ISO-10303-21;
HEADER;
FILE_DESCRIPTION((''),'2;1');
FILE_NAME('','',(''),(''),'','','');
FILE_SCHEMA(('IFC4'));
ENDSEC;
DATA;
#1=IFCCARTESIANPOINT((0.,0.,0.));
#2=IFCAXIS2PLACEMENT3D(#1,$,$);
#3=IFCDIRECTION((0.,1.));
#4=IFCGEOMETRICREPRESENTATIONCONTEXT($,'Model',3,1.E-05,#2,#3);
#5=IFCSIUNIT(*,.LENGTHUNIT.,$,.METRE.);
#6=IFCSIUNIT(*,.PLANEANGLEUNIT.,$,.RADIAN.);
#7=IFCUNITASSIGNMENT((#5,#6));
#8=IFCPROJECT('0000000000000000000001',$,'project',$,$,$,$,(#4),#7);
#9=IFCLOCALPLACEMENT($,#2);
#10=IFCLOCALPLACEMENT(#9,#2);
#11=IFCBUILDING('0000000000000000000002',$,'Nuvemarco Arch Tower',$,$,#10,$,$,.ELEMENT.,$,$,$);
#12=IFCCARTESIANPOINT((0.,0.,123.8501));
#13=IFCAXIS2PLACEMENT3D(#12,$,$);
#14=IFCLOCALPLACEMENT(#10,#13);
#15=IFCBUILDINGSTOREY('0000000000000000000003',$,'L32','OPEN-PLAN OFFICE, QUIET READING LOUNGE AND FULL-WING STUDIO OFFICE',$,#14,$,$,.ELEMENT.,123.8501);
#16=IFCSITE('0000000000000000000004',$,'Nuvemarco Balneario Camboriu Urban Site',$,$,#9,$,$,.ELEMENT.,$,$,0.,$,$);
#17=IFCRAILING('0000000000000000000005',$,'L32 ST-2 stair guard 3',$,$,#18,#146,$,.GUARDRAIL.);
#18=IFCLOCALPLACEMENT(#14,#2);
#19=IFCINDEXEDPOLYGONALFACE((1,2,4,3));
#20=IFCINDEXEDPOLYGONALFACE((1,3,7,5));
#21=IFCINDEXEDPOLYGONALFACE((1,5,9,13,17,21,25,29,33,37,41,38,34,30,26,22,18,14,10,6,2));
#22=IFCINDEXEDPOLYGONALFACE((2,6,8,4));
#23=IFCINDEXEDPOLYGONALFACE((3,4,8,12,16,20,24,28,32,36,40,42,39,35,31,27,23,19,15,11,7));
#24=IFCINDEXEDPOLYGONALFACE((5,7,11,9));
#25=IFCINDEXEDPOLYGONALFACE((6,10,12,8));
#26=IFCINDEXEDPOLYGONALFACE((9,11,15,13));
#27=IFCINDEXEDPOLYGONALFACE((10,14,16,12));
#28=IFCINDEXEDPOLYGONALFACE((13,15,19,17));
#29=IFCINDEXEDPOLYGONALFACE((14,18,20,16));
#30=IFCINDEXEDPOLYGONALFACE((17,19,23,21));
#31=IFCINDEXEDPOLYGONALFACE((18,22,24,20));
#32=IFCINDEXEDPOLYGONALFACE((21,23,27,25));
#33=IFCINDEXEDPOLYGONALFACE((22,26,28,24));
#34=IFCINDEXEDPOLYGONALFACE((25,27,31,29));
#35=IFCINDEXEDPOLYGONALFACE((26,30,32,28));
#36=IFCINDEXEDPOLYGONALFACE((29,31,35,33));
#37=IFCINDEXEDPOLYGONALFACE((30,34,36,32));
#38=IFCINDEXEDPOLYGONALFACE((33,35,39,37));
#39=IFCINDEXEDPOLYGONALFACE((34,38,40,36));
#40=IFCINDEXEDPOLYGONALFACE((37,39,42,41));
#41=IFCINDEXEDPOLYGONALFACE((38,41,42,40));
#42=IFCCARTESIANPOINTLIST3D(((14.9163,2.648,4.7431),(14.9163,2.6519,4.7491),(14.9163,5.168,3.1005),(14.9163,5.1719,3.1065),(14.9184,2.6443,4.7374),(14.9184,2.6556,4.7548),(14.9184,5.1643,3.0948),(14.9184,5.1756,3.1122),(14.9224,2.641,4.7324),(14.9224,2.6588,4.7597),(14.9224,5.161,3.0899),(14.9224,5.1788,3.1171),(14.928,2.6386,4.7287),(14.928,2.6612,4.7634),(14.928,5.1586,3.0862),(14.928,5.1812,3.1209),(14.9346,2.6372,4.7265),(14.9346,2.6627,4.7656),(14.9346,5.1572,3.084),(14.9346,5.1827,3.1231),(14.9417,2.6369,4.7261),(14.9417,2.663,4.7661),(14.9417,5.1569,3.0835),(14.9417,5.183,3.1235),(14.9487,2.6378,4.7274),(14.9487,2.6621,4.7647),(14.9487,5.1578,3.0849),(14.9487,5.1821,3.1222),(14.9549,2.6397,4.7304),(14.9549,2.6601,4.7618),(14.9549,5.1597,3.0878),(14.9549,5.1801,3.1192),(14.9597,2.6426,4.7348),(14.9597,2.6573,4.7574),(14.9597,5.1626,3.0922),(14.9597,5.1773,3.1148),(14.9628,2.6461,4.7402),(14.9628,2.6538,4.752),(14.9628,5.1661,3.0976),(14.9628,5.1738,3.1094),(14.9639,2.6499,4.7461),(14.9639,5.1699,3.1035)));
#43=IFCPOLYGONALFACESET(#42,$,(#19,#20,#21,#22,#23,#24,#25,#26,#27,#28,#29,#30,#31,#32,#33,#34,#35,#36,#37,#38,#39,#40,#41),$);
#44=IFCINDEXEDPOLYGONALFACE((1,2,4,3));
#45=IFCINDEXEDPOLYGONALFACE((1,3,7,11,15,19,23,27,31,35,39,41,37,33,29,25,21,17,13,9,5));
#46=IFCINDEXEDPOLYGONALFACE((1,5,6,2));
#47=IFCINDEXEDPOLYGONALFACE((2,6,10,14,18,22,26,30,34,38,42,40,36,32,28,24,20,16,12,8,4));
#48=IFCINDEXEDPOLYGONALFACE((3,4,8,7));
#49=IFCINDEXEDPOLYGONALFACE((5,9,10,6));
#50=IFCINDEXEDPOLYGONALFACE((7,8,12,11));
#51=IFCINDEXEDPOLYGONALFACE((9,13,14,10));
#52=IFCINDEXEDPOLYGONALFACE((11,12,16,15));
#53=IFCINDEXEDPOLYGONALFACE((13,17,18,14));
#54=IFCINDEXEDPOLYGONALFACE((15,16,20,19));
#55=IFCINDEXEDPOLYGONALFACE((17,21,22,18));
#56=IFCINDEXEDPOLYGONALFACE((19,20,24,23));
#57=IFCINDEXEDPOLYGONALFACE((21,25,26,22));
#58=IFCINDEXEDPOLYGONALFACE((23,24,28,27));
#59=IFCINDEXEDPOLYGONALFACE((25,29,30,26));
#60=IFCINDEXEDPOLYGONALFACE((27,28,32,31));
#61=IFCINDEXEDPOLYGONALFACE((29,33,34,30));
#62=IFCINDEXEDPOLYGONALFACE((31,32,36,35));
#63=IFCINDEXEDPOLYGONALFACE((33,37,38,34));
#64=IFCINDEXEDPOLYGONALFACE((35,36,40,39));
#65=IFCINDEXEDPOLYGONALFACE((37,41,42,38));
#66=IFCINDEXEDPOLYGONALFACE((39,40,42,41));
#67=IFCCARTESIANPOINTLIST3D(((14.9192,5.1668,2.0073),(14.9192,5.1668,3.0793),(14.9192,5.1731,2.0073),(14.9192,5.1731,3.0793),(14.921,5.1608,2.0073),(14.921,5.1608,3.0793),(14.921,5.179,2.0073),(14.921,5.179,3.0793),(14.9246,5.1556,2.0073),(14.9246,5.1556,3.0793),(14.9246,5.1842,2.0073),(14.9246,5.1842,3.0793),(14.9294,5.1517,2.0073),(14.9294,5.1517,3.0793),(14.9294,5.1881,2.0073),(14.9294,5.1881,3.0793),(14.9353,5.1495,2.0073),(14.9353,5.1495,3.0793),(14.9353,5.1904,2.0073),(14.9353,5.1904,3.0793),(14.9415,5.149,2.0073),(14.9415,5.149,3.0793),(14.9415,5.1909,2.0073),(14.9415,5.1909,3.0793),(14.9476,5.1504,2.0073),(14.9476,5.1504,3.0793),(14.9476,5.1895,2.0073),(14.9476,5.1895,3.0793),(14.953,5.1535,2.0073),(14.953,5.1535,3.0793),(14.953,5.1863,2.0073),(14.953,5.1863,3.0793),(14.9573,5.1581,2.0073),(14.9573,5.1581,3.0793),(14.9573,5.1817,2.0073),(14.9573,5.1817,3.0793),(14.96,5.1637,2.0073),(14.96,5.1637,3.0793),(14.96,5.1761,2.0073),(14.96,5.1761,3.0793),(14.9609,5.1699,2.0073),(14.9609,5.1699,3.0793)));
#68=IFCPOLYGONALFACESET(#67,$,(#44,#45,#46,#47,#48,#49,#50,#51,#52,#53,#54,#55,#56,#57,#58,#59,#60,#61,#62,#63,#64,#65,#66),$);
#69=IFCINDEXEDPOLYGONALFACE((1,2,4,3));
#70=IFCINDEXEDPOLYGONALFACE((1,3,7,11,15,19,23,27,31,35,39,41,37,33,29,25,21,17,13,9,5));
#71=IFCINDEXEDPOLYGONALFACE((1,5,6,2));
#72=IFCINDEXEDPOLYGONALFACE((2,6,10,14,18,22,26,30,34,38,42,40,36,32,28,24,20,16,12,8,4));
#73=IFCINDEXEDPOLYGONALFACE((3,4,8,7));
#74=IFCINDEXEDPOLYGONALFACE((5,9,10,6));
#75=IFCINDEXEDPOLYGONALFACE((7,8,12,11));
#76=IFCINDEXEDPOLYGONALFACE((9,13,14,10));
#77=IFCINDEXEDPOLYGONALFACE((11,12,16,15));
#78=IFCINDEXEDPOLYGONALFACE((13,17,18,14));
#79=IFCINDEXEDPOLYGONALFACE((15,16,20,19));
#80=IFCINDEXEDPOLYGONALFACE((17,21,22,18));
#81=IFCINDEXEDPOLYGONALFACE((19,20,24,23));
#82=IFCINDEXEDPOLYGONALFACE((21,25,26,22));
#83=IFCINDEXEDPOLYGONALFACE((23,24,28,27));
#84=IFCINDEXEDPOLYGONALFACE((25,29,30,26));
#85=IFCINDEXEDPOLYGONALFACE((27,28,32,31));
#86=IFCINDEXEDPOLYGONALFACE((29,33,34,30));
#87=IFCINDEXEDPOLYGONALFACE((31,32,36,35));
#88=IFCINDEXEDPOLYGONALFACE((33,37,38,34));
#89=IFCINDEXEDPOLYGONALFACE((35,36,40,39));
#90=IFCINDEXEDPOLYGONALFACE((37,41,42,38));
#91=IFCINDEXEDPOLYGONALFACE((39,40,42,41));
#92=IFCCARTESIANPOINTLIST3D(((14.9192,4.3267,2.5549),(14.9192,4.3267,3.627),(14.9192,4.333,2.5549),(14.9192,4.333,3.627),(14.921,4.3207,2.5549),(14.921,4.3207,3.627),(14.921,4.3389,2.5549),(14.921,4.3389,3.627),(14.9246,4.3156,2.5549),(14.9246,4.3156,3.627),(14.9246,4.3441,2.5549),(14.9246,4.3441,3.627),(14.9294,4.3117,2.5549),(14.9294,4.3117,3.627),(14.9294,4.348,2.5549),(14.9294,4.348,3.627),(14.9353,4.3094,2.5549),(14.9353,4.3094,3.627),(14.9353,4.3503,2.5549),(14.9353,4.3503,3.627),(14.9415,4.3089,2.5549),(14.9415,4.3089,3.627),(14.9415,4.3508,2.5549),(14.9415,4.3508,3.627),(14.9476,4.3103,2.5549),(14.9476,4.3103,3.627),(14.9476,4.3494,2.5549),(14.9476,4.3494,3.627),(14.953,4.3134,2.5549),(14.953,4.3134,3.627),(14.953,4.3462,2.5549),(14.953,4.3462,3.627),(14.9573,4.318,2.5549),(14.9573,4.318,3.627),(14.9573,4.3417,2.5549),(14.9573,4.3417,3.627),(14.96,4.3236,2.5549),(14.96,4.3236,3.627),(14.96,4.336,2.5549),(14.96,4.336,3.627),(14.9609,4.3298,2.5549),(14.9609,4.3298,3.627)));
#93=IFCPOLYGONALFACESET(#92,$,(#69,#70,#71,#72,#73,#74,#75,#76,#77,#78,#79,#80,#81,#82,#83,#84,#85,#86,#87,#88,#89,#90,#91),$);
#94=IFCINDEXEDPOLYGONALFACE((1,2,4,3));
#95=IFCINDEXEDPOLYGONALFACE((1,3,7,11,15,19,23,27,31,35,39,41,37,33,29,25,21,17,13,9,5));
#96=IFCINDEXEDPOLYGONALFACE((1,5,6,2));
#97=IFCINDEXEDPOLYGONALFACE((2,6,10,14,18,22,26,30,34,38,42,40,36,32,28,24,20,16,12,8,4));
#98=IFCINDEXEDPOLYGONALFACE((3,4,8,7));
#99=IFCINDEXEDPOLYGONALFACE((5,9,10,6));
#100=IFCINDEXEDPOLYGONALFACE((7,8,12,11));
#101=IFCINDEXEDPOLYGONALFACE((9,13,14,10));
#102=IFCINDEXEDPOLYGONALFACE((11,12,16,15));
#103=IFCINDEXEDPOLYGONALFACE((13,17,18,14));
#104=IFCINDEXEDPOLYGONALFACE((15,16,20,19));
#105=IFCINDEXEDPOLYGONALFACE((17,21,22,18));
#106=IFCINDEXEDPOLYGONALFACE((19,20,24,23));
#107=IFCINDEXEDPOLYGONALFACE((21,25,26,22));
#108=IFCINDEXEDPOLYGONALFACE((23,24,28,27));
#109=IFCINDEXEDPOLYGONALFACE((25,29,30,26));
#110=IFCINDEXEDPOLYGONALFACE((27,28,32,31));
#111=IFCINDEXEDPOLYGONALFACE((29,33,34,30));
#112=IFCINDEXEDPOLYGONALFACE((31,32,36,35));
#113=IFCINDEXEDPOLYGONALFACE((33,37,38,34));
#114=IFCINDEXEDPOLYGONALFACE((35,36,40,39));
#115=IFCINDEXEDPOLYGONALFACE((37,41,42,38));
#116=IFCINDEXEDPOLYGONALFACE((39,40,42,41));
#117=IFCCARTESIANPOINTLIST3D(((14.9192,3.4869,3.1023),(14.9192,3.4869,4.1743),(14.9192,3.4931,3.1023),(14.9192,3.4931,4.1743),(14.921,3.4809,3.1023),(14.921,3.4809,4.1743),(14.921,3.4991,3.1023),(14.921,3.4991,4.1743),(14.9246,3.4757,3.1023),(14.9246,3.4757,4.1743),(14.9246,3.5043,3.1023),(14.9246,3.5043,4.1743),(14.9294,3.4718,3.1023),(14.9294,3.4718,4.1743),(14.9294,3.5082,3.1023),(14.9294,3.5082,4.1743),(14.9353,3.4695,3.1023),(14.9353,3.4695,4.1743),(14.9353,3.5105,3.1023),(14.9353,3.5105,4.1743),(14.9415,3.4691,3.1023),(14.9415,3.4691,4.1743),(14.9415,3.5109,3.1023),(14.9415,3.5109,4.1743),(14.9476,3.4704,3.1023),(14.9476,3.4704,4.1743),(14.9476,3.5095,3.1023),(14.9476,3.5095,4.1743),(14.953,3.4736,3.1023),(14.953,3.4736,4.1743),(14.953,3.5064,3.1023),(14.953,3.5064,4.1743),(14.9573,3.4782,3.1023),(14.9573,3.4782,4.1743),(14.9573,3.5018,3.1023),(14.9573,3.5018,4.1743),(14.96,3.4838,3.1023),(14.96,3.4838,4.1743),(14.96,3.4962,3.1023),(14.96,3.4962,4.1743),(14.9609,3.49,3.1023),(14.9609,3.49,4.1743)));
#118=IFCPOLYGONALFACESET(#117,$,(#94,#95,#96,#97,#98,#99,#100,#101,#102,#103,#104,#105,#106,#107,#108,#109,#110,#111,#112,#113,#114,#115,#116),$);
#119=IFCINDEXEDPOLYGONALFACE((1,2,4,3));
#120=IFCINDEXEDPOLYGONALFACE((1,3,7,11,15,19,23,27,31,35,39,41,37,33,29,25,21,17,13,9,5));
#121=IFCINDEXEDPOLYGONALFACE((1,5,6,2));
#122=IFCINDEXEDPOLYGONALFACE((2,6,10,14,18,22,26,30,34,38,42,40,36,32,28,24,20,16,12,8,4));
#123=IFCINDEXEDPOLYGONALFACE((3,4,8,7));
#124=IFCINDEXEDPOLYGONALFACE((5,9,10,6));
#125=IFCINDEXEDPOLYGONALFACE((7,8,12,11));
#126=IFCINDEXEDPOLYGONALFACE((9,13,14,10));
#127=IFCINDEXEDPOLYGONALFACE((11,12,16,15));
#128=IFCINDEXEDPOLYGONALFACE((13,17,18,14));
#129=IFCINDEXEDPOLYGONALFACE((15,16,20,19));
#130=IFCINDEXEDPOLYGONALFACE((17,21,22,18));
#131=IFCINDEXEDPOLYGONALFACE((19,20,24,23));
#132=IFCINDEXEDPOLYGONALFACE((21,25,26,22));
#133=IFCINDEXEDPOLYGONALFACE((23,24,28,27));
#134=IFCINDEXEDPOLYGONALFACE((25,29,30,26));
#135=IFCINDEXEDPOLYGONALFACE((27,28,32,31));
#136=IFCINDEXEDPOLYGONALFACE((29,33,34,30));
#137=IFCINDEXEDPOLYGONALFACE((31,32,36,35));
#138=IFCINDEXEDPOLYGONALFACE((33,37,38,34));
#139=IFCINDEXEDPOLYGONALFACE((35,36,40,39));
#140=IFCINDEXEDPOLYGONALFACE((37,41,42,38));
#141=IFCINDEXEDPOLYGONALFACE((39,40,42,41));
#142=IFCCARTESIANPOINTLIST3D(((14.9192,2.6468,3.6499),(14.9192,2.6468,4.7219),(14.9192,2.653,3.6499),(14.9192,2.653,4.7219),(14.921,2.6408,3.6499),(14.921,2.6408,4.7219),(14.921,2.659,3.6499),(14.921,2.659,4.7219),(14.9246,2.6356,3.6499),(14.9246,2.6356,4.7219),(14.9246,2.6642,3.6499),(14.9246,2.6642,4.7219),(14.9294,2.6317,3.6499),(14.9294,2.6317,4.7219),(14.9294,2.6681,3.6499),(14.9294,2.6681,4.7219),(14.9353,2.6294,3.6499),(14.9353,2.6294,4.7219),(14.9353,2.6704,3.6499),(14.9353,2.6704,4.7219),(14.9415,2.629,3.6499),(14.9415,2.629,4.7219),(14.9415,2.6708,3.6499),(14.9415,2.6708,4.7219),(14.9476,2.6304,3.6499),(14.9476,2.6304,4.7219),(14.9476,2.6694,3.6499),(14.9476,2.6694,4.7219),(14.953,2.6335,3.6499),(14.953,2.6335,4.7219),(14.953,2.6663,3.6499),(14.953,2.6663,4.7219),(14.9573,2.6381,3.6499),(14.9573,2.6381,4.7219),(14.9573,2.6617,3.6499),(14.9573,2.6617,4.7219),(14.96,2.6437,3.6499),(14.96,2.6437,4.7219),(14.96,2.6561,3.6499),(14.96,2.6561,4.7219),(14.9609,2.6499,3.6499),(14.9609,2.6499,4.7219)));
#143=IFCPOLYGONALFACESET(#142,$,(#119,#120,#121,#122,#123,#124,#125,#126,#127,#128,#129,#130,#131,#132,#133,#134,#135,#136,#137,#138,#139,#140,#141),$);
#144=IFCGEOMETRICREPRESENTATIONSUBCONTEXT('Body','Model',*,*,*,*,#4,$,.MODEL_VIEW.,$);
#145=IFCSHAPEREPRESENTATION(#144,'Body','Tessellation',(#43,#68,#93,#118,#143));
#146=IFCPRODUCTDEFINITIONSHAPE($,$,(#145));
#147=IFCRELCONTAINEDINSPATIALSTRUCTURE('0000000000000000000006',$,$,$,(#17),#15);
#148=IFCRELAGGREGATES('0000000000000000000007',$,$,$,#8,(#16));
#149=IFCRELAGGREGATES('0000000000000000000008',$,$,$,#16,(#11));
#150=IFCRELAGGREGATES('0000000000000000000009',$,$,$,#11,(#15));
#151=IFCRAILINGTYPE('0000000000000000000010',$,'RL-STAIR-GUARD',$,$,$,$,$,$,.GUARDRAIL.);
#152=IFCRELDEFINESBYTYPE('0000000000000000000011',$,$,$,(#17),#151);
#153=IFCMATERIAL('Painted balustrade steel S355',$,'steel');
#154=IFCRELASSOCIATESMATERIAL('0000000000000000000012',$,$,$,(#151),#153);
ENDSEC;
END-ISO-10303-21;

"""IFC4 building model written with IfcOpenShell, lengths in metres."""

from ifc_helpers import new_model, si_unit, direction, frame, origin, origin_2d, place, context, subcontext, project, spatial, circle, extrude, material, type_object, element, save


model = new_model("IFC4")

# Units and contexts
model_context = context("Model", 3, precision=1e-05, world=origin(), true_north=direction((0.0, 1.0)))
body_context = subcontext(model_context, "Body", "Model", "MODEL_VIEW")
ifc_project = project(units=[si_unit("LENGTHUNIT", "METRE"), si_unit("PLANEANGLEUNIT", "RADIAN")], contexts=[model_context])

# Site, building, storey
site_placement = place(None, origin())
site = spatial("IfcSite", under=ifc_project, at=site_placement, Name="Nuvemarco Balneario Camboriu Urban Site", CompositionType="ELEMENT", RefElevation=0.0)
building_placement = place(site_placement, origin())
building = spatial("IfcBuilding", under=site, at=building_placement, Name="Nuvemarco Arch Tower", CompositionType="ELEMENT")
storey_placement = place(building_placement, frame((0.0, 0.0, 123.8501)))
storey = spatial("IfcBuildingStorey", under=building, at=storey_placement, Name="L32", Description="OPEN-PLAN OFFICE, QUIET READING LOUNGE AND FULL-WING STUDIO OFFICE", CompositionType="ELEMENT", Elevation=123.8501)

# Railing
ifc_material_1 = material(Name="Painted balustrade steel S355", Category="steel")
railing_type_1 = type_object("IfcRailingType", Name="RL-STAIR-GUARD", PredefinedType="GUARDRAIL", material=ifc_material_1)
railing_1_placement = place(storey_placement, frame((14.9399, 5.1699, 2.0073)))
element("IfcRailing", 1, at=railing_1_placement, inside=storey, type_object=railing_type_1, Name="L32 ST-2 stair guard 3", PredefinedType="GUARDRAIL", context=body_context, shape_type="SweptSolid", body=[
    extrude(circle(Radius=0.0239, at=origin_2d()), frame((0.0, 0.0, 1.0962), z_axis=(0.0, -0.837749, 0.546055), x_axis=(1.0, 0.0, 0.0)), (0.0, 0.0, 1.0), 3.0081),
    extrude(circle(Radius=0.021, at=origin_2d()), origin(), (0.0, 0.0, 1.0), 1.072),
    extrude(circle(Radius=0.021, at=origin_2d()), frame((0.0, -0.8401, 0.5476)), (0.0, 0.0, 1.0), 1.072),
    extrude(circle(Radius=0.021, at=origin_2d()), frame((0.0, -1.6799, 1.095)), (0.0, 0.0, 1.0), 1.072),
    extrude(circle(Radius=0.021, at=origin_2d()), frame((0.0, -2.52, 1.6426)), (0.0, 0.0, 1.0), 1.072),
])

save(model, "model.ifc")
